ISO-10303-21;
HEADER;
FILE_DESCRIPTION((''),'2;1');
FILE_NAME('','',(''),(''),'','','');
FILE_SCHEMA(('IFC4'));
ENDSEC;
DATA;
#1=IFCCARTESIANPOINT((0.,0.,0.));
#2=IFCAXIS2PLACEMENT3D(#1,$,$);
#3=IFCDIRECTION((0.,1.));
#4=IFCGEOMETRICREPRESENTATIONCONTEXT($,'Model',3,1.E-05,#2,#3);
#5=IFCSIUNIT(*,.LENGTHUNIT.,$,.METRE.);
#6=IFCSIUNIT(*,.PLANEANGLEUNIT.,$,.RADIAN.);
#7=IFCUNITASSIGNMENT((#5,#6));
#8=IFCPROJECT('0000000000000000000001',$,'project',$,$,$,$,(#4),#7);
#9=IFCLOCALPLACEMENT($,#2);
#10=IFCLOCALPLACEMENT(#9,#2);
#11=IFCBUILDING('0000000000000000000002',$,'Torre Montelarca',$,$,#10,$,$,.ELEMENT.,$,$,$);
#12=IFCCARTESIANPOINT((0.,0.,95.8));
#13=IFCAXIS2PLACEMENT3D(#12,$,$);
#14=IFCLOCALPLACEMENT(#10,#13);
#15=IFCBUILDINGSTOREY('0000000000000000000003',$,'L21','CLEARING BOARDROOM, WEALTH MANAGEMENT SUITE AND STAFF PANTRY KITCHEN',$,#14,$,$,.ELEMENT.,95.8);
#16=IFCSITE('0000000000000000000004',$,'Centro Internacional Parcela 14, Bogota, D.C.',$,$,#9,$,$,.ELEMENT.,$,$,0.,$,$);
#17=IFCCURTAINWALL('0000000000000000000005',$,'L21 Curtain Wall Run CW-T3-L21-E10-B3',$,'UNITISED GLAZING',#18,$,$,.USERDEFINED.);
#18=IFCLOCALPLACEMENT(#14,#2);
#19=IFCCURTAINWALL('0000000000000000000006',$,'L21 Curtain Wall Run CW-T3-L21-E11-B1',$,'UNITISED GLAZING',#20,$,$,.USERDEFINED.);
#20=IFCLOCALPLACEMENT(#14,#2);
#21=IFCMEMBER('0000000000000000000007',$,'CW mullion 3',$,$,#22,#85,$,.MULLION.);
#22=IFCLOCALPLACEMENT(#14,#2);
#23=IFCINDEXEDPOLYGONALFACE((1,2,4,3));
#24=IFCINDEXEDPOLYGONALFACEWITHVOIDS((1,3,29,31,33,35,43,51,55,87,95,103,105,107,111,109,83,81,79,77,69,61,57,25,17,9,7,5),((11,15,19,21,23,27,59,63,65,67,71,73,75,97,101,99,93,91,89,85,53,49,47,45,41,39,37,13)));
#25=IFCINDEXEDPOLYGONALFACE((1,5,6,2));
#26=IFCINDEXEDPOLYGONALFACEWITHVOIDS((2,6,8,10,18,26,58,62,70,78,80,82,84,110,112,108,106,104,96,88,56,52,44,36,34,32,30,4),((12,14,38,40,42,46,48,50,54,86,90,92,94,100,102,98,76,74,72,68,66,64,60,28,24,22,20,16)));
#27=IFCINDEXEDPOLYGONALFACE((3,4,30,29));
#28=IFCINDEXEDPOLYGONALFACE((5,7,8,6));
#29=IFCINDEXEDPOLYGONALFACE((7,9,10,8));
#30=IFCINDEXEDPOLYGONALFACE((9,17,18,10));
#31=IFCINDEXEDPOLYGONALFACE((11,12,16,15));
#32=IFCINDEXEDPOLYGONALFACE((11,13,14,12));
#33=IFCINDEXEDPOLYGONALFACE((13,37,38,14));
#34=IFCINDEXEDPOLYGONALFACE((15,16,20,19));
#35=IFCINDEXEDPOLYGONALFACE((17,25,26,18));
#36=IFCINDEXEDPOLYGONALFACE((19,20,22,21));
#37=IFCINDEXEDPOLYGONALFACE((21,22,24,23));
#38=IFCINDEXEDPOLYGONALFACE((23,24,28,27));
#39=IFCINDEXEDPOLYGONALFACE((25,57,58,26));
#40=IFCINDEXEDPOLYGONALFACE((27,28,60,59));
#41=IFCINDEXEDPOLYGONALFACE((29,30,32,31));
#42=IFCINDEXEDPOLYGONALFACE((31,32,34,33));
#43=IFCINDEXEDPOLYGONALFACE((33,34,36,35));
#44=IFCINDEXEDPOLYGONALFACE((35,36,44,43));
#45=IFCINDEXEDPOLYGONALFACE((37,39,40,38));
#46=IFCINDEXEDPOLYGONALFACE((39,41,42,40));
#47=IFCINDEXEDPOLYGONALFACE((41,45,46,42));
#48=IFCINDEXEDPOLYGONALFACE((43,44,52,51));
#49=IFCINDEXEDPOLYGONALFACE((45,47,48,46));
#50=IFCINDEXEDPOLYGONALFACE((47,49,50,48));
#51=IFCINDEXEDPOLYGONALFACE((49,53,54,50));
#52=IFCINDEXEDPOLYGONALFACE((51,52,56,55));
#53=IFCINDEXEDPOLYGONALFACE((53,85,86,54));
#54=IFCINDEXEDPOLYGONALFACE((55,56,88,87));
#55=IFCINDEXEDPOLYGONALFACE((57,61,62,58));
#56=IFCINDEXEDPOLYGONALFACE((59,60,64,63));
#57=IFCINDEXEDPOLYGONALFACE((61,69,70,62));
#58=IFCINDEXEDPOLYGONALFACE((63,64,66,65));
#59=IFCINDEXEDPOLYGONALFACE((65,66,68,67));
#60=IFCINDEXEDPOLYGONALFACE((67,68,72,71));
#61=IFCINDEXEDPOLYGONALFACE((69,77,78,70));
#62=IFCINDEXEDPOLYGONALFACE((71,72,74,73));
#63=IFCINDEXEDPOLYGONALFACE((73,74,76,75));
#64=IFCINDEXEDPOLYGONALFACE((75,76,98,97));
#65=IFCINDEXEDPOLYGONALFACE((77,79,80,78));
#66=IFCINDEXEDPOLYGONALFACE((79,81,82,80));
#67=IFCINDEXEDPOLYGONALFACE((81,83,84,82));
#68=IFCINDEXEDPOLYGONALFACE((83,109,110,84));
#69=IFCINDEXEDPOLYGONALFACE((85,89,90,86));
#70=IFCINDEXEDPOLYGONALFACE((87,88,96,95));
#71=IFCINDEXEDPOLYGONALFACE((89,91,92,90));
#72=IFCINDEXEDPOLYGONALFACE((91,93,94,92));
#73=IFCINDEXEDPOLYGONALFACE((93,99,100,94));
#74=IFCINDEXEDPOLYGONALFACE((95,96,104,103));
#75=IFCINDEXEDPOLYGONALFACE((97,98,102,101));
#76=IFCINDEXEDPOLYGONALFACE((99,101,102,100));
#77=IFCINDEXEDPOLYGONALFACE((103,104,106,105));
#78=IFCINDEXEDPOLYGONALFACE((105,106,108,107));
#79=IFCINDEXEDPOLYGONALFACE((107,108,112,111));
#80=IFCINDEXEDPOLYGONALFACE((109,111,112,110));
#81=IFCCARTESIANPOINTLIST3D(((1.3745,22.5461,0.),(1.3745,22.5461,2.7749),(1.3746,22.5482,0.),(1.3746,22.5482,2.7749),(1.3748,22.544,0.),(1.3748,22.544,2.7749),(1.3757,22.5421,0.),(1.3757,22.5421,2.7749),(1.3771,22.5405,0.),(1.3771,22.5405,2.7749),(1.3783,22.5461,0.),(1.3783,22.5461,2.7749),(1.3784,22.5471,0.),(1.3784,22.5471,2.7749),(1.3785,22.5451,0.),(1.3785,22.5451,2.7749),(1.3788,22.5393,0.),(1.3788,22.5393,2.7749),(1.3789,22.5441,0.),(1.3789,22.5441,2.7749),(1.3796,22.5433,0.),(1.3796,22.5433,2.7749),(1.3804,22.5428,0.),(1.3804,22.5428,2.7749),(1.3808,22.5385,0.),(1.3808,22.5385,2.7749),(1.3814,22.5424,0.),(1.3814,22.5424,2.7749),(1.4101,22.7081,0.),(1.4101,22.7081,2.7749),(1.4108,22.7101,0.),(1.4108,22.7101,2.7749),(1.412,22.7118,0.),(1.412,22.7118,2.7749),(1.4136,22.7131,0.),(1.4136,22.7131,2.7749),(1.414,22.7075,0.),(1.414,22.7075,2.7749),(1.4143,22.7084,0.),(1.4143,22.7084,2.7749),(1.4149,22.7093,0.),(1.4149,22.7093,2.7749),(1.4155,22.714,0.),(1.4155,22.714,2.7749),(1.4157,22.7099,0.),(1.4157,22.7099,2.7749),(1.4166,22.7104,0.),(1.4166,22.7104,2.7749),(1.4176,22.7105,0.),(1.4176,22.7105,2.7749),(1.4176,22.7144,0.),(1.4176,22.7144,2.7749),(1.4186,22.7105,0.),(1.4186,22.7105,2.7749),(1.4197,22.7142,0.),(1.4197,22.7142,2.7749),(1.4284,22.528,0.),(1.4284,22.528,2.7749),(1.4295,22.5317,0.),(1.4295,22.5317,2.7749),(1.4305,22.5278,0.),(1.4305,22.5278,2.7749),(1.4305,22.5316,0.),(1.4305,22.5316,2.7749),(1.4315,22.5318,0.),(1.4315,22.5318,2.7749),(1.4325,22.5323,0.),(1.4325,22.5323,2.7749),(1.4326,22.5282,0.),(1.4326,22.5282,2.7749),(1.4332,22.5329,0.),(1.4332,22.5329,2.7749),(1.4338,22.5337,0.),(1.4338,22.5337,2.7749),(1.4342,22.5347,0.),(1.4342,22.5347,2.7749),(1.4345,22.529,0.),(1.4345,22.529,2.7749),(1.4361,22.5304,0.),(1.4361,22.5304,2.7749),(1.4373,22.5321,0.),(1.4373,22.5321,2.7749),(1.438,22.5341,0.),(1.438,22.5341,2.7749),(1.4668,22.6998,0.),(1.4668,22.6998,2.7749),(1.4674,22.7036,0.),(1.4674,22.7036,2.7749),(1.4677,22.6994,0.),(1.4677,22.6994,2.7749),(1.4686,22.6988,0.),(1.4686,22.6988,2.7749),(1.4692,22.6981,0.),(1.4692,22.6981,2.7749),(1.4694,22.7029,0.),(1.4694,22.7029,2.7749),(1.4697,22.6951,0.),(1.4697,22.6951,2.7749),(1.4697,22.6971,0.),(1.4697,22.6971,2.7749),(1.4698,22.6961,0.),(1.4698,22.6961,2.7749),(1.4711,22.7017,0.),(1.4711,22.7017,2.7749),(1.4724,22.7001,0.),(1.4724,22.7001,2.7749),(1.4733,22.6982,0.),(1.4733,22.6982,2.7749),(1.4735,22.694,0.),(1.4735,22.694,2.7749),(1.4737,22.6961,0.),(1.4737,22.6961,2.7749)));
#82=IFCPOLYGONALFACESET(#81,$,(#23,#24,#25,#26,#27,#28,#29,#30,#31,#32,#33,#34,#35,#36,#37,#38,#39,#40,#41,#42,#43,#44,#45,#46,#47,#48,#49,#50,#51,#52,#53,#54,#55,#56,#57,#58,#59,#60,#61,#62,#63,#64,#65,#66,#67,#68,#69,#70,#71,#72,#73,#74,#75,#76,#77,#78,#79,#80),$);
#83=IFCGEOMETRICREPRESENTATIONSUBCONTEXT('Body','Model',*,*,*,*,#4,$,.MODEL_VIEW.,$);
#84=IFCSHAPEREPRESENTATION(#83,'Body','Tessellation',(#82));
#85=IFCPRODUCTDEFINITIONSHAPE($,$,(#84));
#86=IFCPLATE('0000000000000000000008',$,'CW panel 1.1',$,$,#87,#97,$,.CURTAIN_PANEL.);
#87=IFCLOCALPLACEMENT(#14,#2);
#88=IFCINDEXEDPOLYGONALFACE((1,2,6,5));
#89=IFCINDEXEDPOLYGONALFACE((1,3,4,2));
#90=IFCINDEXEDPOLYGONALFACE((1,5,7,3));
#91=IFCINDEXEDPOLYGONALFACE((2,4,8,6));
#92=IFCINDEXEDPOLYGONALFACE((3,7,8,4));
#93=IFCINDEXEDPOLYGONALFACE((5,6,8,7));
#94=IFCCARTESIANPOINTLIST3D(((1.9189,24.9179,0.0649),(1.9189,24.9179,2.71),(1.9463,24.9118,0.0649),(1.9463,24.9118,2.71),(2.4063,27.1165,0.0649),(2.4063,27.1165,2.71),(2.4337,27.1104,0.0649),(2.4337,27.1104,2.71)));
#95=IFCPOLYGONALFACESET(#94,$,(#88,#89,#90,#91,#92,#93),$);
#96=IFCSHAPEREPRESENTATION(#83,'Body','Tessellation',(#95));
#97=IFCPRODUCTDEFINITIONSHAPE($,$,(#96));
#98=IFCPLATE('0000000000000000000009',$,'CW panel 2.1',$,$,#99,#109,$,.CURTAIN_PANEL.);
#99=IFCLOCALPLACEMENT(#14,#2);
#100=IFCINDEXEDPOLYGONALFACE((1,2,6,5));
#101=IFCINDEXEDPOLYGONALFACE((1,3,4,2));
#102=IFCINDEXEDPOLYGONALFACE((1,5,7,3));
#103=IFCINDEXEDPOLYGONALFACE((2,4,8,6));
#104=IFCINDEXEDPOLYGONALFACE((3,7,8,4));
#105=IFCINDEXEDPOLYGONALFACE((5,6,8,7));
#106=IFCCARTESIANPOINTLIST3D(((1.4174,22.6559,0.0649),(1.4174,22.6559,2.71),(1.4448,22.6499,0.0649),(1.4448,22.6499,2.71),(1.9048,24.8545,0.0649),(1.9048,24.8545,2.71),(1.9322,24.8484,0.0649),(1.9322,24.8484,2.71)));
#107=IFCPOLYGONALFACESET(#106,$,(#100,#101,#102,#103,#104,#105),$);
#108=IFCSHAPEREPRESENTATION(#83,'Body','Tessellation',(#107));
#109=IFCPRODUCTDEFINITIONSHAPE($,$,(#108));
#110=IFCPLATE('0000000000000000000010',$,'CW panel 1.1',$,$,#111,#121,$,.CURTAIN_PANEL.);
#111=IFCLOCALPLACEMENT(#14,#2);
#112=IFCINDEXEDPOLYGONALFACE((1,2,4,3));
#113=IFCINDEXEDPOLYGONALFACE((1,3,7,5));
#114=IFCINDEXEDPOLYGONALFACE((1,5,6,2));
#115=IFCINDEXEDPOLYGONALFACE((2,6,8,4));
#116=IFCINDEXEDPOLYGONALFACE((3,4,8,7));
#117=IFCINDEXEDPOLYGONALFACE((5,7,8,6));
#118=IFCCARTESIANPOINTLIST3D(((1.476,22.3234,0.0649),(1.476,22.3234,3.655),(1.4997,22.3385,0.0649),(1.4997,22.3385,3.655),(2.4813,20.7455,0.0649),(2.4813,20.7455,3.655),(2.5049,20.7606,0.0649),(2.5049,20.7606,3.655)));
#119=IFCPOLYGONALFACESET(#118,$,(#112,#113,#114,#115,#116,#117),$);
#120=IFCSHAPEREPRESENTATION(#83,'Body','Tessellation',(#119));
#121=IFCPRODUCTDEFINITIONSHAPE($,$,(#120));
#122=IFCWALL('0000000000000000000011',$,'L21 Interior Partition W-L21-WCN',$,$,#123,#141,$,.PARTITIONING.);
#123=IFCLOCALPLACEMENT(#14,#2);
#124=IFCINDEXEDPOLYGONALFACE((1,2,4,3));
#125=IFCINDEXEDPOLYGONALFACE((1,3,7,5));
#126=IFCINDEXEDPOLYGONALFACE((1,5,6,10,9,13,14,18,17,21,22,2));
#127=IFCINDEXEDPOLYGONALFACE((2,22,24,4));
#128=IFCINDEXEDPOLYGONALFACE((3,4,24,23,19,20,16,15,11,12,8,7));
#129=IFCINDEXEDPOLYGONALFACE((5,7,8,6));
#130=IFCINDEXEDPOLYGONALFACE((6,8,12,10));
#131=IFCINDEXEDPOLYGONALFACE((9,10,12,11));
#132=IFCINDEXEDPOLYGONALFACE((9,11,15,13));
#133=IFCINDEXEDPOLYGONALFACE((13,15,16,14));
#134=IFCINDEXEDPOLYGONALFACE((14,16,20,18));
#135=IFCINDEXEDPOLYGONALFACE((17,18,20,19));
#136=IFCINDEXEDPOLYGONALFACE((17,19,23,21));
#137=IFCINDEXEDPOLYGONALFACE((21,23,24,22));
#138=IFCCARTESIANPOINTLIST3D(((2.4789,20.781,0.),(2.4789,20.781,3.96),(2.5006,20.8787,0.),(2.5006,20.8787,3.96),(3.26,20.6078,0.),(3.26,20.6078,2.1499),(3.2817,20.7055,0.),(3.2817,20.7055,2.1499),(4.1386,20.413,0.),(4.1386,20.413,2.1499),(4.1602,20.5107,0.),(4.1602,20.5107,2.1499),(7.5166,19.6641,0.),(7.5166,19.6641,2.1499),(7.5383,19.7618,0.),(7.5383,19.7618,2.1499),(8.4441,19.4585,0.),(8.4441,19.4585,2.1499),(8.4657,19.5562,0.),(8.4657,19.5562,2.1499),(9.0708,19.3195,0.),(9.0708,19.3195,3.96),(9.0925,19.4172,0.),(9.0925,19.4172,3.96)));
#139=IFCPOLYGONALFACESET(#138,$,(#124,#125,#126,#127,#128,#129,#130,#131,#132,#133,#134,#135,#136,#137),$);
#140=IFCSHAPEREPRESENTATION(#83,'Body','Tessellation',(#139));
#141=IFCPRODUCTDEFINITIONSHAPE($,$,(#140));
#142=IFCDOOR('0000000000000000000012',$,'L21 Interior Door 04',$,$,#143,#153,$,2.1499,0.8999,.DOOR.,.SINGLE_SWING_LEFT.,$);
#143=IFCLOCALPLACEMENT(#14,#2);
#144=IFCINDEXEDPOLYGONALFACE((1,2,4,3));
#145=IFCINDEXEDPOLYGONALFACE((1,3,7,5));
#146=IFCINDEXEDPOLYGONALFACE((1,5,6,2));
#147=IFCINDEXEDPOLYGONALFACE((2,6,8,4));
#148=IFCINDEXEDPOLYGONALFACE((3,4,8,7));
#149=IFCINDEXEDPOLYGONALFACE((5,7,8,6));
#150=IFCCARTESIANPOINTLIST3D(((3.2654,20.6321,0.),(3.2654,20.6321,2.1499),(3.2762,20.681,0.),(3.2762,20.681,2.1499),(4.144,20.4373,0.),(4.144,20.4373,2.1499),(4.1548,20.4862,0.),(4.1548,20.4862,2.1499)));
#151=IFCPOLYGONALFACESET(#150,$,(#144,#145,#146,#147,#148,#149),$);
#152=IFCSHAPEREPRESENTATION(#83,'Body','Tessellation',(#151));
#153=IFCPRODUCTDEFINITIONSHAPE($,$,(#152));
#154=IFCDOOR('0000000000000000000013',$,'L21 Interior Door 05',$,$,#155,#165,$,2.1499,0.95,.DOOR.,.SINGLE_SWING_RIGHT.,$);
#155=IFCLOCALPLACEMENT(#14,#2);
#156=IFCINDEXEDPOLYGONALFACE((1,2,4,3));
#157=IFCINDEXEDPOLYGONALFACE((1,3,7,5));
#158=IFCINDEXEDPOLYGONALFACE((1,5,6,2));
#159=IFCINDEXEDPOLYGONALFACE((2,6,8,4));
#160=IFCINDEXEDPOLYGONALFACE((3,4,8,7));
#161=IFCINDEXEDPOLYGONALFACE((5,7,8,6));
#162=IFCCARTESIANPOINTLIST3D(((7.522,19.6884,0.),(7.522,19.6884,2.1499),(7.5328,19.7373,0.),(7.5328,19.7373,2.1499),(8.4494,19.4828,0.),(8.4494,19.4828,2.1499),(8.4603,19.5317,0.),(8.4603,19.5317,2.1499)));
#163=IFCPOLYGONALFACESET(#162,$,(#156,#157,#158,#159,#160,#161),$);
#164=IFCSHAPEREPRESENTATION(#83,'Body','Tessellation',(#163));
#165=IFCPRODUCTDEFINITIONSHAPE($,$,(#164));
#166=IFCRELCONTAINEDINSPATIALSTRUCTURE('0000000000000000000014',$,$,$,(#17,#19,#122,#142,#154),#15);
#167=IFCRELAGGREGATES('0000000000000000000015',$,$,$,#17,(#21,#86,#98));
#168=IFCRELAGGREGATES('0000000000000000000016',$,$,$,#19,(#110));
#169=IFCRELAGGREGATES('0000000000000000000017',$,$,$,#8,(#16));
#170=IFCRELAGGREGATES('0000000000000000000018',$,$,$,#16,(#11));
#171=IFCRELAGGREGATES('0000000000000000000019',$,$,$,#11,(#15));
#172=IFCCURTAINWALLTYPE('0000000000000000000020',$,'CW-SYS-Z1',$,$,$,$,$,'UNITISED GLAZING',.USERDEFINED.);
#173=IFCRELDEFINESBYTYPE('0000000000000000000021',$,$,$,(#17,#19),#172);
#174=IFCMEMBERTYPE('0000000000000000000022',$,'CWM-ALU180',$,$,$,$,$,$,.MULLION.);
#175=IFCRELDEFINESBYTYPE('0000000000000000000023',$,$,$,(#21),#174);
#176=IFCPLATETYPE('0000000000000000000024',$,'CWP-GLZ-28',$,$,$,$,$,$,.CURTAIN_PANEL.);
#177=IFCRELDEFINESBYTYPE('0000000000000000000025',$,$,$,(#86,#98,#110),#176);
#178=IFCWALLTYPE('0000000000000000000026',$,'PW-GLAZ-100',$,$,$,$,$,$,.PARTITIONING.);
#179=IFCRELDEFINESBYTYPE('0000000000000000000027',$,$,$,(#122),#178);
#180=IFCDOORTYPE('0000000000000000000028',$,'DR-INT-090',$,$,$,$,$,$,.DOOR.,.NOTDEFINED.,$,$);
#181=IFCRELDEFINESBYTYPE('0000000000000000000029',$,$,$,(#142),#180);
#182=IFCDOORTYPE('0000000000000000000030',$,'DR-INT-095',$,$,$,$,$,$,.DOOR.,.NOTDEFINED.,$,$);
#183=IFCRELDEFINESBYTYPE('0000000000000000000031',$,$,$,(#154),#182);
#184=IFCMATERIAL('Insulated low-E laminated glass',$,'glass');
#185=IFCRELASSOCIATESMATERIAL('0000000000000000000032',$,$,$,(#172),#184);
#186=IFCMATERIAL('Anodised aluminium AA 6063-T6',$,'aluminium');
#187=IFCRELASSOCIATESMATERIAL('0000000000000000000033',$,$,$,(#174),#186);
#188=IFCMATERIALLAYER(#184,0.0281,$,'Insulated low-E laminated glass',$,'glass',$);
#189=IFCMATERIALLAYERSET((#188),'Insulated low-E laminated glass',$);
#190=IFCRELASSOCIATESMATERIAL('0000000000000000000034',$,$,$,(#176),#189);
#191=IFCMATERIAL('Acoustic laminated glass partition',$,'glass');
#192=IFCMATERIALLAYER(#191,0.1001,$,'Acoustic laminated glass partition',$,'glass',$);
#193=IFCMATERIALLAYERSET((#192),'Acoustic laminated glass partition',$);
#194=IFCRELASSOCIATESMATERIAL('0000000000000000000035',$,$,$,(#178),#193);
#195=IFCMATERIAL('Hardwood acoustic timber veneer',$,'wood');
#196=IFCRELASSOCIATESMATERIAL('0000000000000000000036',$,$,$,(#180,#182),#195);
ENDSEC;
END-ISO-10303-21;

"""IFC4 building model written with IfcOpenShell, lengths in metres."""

from ifc_helpers import new_model, si_unit, direction, frame, frame_2d, origin, origin_2d, place, context, subcontext, project, spatial, rectangle, hollow_rectangle, extrude, source, transform, mapped, material, layer, layer_set, material_profile, profile_set, type_object, element, fill, aggregate, save


model = new_model("IFC4")

# Units and contexts
model_context = context("Model", 3, precision=1e-05, world=origin(), true_north=direction((0.0, 1.0)))
body_context = subcontext(model_context, "Body", "Model", "MODEL_VIEW")
ifc_project = project(units=[si_unit("LENGTHUNIT", "METRE"), si_unit("PLANEANGLEUNIT", "RADIAN")], contexts=[model_context])

# Site, building, storey
site_placement = place(None, origin())
site = spatial("IfcSite", under=ifc_project, at=site_placement, Name="Centro Internacional Parcela 14, Bogota, D.C.", CompositionType="ELEMENT", RefElevation=0.0)
building_placement = place(site_placement, origin())
building = spatial("IfcBuilding", under=site, at=building_placement, Name="Torre Montelarca", CompositionType="ELEMENT")
storey_placement = place(building_placement, frame((0.0, 0.0, 95.8)))
storey = spatial("IfcBuildingStorey", under=building, at=storey_placement, Name="L21", Description="CLEARING BOARDROOM, WEALTH MANAGEMENT SUITE AND STAFF PANTRY KITCHEN", CompositionType="ELEMENT", Elevation=95.8)

# Curtain walls
ifc_material_1 = material(Name="Insulated low-E laminated glass", Category="glass")
curtain_wall_type = type_object("IfcCurtainWallType", Name="CW-SYS-Z1", ElementType="UNITISED GLAZING", PredefinedType="USERDEFINED", material=ifc_material_1)
curtain_wall_1_placement = place(storey_placement, origin())
curtain_wall_1 = element("IfcCurtainWall", 1, at=curtain_wall_1_placement, inside=storey, type_object=curtain_wall_type, Name="L21 Curtain Wall Run CW-T3-L21-E10-B3", ObjectType="UNITISED GLAZING", PredefinedType="USERDEFINED")
ifc_material_2 = material(Name="Anodised aluminium AA 6063-T6", Category="aluminium")
curtain_wall_2_placement = place(storey_placement, origin())
curtain_wall_2 = element("IfcCurtainWall", 2, at=curtain_wall_2_placement, inside=storey, type_object=curtain_wall_type, Name="L21 Curtain Wall Run CW-T3-L21-E11-B1", ObjectType="UNITISED GLAZING", PredefinedType="USERDEFINED")
ifc_material_profile_1 = material_profile(ifc_material_2, hollow_rectangle(XDim=0.0649, YDim=0.1799, WallThickness=0.0039, InnerFilletRadius=0.0039, OuterFilletRadius=0.0081, at=origin_2d()), Name="ALU65X180X4", Category="aluminium")
ifc_profile_set_1 = profile_set([ifc_material_profile_1], Name="Anodised aluminium AA 6063-T6")
member_type_1 = type_object("IfcMemberType", Name="CWM-ALU180", PredefinedType="MULLION", material=ifc_profile_set_1)

# Member
shared_shape_1 = source(origin(), body_context, "Body", "SweptSolid", [
    extrude(hollow_rectangle(XDim=0.0649, YDim=0.1799, WallThickness=0.0039, InnerFilletRadius=0.0039, OuterFilletRadius=0.0081, at=origin_2d()), origin(), (0.0, 0.0, 1.0), 2.7749),
])
member_1_placement = place(storey_placement, frame((1.4241, 22.6211, 0.0), z_axis=(0.0, 0.0, 1.0), x_axis=(0.976296, -0.216439, 0.0)))
member_1 = element("IfcMember", 3, at=member_1_placement, type_object=member_type_1, Name="CW mullion 3", PredefinedType="MULLION", context=body_context, shape_type="MappedRepresentation", body=[
    mapped(shared_shape_1, transform((0.0, 0.0, 0.0), scale=1.0)),
])

# Plates
ifc_layer_1 = layer(ifc_material_1, 0.0281, Name="Insulated low-E laminated glass", Category="glass")
ifc_layer_set_1 = layer_set([ifc_layer_1], Name="Insulated low-E laminated glass")
plate_type = type_object("IfcPlateType", Name="CWP-GLZ-28", PredefinedType="CURTAIN_PANEL", material=ifc_layer_set_1)
shared_shape_2 = source(origin(), body_context, "Body", "SweptSolid", [
    extrude(rectangle(XDim=2.252, YDim=0.0281, at=origin_2d()), origin(), (0.0, 0.0, 1.0), 2.645),
])
plate_1_placement = place(storey_placement, frame((2.1763, 26.0142, 0.0649), z_axis=(0.0, 0.0, 1.0), x_axis=(-0.216439, -0.976296, 0.0)))
plate_1 = element("IfcPlate", 4, at=plate_1_placement, type_object=plate_type, Name="CW panel 1.1", PredefinedType="CURTAIN_PANEL", context=body_context, shape_type="MappedRepresentation", body=[
    mapped(shared_shape_2, transform((0.0, 0.0, 0.0), scale=1.0)),
])
plate_2_placement = place(storey_placement, frame((1.6748, 23.7522, 0.0649), z_axis=(0.0, 0.0, 1.0), x_axis=(-0.216439, -0.976296, 0.0)))
plate_2 = element("IfcPlate", 5, at=plate_2_placement, type_object=plate_type, Name="CW panel 2.1", PredefinedType="CURTAIN_PANEL", context=body_context, shape_type="MappedRepresentation", body=[
    mapped(shared_shape_2, transform((0.0, 0.0, 0.0), scale=1.0)),
])
aggregate(curtain_wall_1, [member_1, plate_1, plate_2])
shared_shape_3 = source(origin(), body_context, "Body", "SweptSolid", [
    extrude(rectangle(XDim=1.8708, YDim=0.0281, at=origin_2d()), origin(), (0.0, 0.0, 1.0), 3.5901),
])
plate_3_placement = place(storey_placement, frame((1.9905, 21.542, 0.0649), z_axis=(0.0, 0.0, 1.0), x_axis=(0.537318, -0.84338, 0.0)))
plate_3 = element("IfcPlate", 6, at=plate_3_placement, type_object=plate_type, Name="CW panel 1.1", PredefinedType="CURTAIN_PANEL", context=body_context, shape_type="MappedRepresentation", body=[
    mapped(shared_shape_3, transform((0.0, 0.0, 0.0), scale=1.0)),
])
aggregate(curtain_wall_2, [plate_3])

# Wall, openings, doors
ifc_material_3 = material(Name="Acoustic laminated glass partition", Category="glass")
ifc_layer_2 = layer(ifc_material_3, 0.1001, Name="Acoustic laminated glass partition", Category="glass")
ifc_layer_set_2 = layer_set([ifc_layer_2], Name="Acoustic laminated glass partition")
wall_type = type_object("IfcWallType", Name="PW-GLAZ-100", PredefinedType="PARTITIONING", material=ifc_layer_set_2)
wall_placement = place(storey_placement, frame((2.4897, 20.8298, 0.0), z_axis=(0.0, 0.0, 1.0), x_axis=(0.976294, -0.216448, 0.0)))
wall = element("IfcWall", 7, at=wall_placement, inside=storey, type_object=wall_type, Name="L21 Interior Partition W-L21-WCN", PredefinedType="PARTITIONING", context=body_context, shape_type="SweptSolid", body=[
    extrude(rectangle(XDim=6.752, YDim=0.1001, at=frame_2d((3.376, 0.0))), origin(), (0.0, 0.0, 1.0), 3.96),
])
opening_1_placement = place(wall_placement, frame((0.8, 0.0, 0.0)))
opening_1 = element("IfcOpeningElement", 8, at=opening_1_placement, cuts=wall, PredefinedType="OPENING", context=body_context, shape_type="SweptSolid", body=[
    extrude(rectangle(XDim=0.8999, YDim=2.1499, at=frame_2d((0.45, 1.075))), frame((0.0, 0.0601, 0.0), z_axis=(0.0, -1.0, 0.0), x_axis=(1.0, 0.0, 0.0)), (0.0, 0.0, 1.0), 0.1201),
])
opening_2_placement = place(wall_placement, frame((5.1599, 0.0, 0.0)))
opening_2 = element("IfcOpeningElement", 9, at=opening_2_placement, cuts=wall, PredefinedType="OPENING", context=body_context, shape_type="SweptSolid", body=[
    extrude(rectangle(XDim=0.95, YDim=2.1499, at=frame_2d((0.4751, 1.075))), frame((0.0, 0.0601, 0.0), z_axis=(0.0, -1.0, 0.0), x_axis=(1.0, 0.0, 0.0)), (0.0, 0.0, 1.0), 0.1201),
])
ifc_material_4 = material(Name="Hardwood acoustic timber veneer", Category="wood")
door_type_1 = type_object("IfcDoorType", Name="DR-INT-090", OperationType="NOTDEFINED", PredefinedType="DOOR", material=ifc_material_4)
shared_shape_4 = source(origin(), body_context, "Body", "SweptSolid", [
    extrude(rectangle(XDim=0.8999, YDim=2.1499, at=frame_2d((0.45, 1.075))), frame((0.0, 0.0249, 0.0), z_axis=(0.0, -1.0, 0.0), x_axis=(1.0, 0.0, 0.0)), (0.0, 0.0, 1.0), 0.05),
])
door_1_placement = place(opening_1_placement, origin())
door_1 = element("IfcDoor", 10, at=door_1_placement, inside=storey, type_object=door_type_1, Name="L21 Interior Door 04", OperationType="SINGLE_SWING_LEFT", OverallHeight=2.1499, OverallWidth=0.8999, PredefinedType="DOOR", context=body_context, shape_type="MappedRepresentation", body=[
    mapped(shared_shape_4, transform((0.0, 0.0, 0.0), scale=1.0)),
])
fill(opening_1, door_1)
door_type_2 = type_object("IfcDoorType", Name="DR-INT-095", OperationType="NOTDEFINED", PredefinedType="DOOR", material=ifc_material_4)
shared_shape_5 = source(origin(), body_context, "Body", "SweptSolid", [
    extrude(rectangle(XDim=0.95, YDim=2.1499, at=frame_2d((0.4751, 1.075))), frame((0.0, 0.0249, 0.0), z_axis=(0.0, -1.0, 0.0), x_axis=(1.0, 0.0, 0.0)), (0.0, 0.0, 1.0), 0.05),
])
door_2_placement = place(opening_2_placement, origin())
door_2 = element("IfcDoor", 11, at=door_2_placement, inside=storey, type_object=door_type_2, Name="L21 Interior Door 05", OperationType="SINGLE_SWING_RIGHT", OverallHeight=2.1499, OverallWidth=0.95, PredefinedType="DOOR", context=body_context, shape_type="MappedRepresentation", body=[
    mapped(shared_shape_5, transform((0.0, 0.0, 0.0), scale=1.0)),
])
fill(opening_2, door_2)

save(model, "model.ifc")
